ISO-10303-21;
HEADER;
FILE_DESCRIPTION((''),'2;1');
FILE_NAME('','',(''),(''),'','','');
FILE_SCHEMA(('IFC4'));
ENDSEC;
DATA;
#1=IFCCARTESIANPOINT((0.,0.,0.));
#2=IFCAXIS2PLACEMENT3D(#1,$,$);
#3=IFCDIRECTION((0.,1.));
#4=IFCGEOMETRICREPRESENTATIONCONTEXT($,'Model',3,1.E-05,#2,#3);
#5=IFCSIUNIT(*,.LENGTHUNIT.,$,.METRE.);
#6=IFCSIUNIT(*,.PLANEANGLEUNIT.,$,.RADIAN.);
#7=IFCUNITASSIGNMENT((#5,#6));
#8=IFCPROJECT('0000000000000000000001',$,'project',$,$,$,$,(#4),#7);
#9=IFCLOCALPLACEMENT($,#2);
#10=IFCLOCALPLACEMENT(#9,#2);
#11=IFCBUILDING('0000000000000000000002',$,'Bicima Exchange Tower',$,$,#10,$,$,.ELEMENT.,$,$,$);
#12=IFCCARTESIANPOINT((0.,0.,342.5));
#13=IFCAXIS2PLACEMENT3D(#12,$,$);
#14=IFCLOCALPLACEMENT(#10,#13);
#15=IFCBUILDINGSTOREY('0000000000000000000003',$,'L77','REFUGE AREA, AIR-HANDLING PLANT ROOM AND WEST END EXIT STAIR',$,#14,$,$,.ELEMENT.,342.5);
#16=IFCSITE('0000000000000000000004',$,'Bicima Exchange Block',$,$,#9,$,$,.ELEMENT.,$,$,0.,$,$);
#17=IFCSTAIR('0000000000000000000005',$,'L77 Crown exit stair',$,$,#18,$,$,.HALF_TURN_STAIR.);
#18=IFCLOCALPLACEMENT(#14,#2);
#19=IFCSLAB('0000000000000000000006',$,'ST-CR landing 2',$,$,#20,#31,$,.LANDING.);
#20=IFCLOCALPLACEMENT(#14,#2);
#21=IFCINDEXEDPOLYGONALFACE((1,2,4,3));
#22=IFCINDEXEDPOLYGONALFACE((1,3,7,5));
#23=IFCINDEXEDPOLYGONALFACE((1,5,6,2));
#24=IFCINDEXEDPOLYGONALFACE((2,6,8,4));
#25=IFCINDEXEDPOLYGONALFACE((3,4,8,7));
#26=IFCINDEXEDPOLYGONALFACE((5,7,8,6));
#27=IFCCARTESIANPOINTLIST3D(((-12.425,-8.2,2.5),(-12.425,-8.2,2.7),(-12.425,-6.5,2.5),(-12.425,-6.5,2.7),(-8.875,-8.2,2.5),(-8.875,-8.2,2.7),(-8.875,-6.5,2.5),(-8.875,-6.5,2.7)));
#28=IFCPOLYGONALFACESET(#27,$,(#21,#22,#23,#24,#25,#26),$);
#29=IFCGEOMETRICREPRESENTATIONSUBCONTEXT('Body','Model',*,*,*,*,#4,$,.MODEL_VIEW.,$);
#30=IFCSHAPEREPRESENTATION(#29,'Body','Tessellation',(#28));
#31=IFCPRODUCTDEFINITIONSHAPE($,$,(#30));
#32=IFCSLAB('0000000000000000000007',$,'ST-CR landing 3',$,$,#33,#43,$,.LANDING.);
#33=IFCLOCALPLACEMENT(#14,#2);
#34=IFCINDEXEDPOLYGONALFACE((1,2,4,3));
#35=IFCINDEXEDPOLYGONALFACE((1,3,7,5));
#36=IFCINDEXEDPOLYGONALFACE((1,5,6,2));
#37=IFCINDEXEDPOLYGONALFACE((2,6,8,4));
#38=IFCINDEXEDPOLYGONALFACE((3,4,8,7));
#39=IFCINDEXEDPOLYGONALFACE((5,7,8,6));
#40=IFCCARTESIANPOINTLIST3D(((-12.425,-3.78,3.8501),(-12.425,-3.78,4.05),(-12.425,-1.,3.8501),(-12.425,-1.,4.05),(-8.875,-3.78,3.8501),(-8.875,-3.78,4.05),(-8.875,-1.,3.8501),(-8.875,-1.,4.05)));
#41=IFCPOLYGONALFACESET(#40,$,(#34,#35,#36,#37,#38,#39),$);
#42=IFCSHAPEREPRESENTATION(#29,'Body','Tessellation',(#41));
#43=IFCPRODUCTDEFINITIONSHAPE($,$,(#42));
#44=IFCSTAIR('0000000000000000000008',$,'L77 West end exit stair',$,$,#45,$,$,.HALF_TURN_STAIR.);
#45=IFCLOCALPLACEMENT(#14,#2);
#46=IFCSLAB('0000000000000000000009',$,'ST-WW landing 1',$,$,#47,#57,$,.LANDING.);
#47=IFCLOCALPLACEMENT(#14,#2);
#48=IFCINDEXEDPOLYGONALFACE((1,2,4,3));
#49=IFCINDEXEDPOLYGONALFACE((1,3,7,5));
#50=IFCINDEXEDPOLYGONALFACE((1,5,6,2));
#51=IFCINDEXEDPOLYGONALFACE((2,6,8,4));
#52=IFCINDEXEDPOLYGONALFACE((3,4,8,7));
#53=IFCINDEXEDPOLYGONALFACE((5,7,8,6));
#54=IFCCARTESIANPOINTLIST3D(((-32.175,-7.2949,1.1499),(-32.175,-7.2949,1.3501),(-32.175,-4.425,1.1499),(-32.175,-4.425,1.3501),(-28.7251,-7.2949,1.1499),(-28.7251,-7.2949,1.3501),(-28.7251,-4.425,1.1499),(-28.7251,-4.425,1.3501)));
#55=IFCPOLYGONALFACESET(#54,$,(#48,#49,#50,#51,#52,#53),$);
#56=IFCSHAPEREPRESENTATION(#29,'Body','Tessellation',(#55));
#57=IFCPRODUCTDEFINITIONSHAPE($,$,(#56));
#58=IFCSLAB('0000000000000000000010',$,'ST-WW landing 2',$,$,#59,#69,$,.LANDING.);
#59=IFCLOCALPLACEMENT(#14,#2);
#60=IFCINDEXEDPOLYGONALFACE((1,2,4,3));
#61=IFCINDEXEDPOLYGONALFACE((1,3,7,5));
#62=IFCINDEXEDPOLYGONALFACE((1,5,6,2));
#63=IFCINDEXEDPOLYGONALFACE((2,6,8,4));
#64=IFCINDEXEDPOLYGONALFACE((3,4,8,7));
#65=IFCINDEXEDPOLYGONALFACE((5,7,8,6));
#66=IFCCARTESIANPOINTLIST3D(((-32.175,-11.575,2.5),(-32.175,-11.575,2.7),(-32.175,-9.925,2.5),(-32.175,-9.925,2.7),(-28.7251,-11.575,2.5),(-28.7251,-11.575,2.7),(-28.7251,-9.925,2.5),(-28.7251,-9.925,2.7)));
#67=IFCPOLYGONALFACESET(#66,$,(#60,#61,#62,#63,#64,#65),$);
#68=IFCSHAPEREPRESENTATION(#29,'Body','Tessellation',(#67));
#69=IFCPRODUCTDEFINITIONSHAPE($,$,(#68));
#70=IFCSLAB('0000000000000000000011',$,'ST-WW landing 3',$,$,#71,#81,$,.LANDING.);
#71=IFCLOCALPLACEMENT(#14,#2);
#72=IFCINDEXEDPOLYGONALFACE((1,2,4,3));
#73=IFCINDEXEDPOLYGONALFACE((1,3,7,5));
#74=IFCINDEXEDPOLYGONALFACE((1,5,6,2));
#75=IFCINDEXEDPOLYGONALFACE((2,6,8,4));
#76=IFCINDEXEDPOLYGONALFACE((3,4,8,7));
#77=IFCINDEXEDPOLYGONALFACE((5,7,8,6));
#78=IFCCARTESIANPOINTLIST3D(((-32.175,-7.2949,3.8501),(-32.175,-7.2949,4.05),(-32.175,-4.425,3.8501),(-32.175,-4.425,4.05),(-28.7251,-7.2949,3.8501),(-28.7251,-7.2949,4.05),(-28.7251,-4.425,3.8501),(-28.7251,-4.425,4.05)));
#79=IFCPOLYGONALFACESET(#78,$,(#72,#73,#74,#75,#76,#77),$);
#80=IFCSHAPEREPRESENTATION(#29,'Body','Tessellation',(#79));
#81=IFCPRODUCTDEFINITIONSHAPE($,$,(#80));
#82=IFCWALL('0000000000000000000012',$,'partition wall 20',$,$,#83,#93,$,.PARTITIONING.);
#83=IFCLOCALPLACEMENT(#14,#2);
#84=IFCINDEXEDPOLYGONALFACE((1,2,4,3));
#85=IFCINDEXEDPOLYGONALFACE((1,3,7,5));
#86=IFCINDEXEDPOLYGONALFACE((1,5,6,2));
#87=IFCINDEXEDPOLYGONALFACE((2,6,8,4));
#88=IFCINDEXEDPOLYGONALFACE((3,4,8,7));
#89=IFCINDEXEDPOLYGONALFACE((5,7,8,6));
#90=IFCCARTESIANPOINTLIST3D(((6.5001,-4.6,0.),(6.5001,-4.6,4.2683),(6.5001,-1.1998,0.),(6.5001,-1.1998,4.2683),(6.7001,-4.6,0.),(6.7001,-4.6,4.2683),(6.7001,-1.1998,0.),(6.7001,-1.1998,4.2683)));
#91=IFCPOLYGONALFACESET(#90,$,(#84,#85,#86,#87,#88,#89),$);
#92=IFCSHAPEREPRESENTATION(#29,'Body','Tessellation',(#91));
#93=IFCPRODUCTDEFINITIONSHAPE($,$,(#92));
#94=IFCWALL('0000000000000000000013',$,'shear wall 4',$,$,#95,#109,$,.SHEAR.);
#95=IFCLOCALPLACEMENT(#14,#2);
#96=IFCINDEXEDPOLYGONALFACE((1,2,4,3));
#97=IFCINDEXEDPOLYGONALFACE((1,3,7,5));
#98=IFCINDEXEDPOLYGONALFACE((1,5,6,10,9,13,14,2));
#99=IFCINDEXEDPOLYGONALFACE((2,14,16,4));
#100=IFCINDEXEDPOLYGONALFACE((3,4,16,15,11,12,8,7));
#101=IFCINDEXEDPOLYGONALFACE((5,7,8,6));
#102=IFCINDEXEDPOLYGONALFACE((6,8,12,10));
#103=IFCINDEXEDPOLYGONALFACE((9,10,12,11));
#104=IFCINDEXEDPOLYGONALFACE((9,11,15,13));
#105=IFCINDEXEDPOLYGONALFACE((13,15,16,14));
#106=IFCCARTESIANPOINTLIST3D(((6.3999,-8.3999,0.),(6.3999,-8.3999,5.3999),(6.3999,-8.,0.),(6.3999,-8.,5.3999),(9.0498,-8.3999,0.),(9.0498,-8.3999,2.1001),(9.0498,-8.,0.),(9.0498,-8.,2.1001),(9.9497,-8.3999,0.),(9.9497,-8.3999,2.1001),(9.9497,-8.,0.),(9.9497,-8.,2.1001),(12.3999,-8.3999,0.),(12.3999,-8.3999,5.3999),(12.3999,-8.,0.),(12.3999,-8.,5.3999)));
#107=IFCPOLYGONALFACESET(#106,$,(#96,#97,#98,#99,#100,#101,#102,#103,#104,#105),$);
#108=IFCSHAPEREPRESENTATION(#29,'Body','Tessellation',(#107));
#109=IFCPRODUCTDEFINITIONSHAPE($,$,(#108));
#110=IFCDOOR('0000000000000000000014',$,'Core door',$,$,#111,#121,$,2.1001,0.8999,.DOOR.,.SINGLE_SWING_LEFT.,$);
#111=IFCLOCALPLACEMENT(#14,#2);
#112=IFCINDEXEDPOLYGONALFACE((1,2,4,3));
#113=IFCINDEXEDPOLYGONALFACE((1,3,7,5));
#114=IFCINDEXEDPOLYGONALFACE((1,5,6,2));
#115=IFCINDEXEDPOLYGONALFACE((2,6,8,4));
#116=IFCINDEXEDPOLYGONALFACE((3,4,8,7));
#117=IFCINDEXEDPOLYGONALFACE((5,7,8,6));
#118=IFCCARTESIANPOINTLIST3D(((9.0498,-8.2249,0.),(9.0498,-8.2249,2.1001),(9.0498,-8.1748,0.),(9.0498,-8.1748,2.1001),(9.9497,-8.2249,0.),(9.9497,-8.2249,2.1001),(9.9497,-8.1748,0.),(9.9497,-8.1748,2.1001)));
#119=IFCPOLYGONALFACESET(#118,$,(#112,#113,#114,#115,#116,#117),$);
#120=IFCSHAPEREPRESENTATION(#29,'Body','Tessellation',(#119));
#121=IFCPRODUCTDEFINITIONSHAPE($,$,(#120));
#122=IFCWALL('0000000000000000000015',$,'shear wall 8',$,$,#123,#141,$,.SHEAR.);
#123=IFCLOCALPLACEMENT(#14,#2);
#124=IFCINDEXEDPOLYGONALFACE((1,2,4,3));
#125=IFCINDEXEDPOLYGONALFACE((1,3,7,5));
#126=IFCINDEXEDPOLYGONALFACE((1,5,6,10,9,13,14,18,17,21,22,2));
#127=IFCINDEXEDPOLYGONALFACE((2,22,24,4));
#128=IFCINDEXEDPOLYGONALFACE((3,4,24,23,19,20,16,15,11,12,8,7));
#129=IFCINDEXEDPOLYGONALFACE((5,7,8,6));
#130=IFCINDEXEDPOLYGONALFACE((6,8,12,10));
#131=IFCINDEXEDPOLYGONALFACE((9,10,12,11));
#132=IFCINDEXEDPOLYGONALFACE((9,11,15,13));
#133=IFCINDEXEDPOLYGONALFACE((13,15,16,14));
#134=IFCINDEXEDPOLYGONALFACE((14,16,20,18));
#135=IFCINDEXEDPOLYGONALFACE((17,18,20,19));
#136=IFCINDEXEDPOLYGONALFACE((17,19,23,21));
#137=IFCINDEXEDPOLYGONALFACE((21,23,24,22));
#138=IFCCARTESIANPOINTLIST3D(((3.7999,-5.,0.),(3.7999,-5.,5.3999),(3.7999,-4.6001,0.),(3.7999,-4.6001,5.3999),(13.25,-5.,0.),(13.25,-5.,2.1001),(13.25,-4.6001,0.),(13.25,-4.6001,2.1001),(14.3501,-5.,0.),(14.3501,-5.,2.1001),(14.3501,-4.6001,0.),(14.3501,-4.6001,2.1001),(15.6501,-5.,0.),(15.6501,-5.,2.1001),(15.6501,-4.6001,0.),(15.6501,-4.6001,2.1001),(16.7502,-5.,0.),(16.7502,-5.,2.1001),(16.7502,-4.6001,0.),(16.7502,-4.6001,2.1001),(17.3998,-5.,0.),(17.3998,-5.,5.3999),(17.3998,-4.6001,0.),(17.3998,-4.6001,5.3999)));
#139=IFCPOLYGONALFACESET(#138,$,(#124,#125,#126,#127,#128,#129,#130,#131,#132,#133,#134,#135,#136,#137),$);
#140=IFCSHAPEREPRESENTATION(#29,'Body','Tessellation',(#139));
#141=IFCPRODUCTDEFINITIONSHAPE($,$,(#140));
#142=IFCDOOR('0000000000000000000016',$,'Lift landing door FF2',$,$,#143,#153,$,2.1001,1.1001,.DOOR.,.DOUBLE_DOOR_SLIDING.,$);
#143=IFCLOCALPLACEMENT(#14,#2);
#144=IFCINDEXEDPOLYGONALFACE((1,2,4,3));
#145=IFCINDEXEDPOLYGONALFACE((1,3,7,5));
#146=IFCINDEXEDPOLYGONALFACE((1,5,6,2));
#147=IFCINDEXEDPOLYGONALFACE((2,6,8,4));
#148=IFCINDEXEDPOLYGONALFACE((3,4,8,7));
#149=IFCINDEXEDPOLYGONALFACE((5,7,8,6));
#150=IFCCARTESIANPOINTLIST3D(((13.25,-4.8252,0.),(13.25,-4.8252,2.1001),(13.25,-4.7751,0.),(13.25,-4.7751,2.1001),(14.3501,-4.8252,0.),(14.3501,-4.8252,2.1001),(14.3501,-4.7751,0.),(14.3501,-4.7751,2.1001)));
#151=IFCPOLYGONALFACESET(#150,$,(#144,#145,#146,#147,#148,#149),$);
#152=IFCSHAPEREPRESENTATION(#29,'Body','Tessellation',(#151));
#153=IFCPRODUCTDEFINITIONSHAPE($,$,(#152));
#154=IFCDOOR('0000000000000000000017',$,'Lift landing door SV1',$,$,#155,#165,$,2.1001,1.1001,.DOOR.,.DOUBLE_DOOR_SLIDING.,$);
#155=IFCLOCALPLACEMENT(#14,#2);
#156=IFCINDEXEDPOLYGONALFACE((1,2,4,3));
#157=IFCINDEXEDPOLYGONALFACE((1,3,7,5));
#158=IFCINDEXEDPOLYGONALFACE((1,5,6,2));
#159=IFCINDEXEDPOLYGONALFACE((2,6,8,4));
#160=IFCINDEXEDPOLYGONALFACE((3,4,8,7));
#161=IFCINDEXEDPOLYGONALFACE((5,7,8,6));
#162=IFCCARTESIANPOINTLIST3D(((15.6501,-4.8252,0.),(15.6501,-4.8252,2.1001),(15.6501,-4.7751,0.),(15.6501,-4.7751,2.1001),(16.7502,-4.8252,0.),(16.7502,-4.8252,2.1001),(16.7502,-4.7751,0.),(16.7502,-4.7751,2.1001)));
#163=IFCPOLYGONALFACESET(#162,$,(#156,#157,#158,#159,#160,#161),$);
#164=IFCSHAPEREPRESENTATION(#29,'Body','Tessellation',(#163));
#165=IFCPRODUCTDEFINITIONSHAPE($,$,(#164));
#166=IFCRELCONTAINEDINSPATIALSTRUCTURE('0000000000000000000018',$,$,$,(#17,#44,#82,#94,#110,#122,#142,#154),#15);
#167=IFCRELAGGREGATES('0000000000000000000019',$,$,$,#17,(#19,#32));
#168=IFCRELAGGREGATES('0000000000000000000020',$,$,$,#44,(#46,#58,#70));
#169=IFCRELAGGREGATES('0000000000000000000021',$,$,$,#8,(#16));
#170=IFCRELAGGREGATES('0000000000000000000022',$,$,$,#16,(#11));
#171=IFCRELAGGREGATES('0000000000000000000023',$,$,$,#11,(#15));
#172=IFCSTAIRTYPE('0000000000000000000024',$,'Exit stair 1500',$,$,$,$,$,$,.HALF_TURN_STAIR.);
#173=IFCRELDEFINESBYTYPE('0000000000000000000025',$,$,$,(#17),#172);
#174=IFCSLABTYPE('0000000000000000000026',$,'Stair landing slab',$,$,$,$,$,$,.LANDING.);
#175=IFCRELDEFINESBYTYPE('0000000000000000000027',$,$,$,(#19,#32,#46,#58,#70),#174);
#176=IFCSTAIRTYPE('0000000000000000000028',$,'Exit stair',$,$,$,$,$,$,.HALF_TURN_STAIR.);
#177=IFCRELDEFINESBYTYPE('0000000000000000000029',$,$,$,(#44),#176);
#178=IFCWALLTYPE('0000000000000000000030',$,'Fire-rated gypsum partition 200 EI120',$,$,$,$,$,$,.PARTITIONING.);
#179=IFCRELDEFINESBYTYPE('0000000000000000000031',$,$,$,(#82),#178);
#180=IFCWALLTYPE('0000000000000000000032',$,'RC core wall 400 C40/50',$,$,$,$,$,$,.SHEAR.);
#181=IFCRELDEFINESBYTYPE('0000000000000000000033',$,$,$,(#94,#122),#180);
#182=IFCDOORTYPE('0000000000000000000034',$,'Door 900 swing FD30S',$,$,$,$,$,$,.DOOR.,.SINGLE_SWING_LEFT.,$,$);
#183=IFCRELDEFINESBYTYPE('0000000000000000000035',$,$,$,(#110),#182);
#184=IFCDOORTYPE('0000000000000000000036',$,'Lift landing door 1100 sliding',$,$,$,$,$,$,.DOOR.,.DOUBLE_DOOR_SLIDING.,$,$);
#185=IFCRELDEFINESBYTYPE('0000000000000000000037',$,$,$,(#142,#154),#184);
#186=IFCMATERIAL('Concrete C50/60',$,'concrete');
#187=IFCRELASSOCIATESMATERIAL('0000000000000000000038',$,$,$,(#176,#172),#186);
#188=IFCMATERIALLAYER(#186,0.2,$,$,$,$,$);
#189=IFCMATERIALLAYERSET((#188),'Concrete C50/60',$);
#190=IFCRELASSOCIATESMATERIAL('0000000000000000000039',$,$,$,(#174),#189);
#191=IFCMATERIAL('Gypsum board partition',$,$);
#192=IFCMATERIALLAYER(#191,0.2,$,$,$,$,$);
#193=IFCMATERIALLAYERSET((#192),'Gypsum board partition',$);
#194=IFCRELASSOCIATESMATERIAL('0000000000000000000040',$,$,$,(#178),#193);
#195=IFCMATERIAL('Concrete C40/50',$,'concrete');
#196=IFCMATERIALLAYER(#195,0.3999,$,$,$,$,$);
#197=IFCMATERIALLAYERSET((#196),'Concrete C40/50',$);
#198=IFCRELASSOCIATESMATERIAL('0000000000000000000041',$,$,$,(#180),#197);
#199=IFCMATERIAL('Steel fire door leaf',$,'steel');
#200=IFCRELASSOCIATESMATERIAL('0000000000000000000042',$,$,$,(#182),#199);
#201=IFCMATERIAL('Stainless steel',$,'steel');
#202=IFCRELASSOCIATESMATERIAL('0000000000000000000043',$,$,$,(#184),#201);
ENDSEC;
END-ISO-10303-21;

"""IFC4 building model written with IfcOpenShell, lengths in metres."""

from ifc_helpers import new_model, si_unit, direction, frame, frame_2d, origin, place, context, subcontext, project, spatial, polyline, rectangle, outline, extrude, material, layer, layer_set, type_object, element, fill, aggregate, save


model = new_model("IFC4")

# Units and contexts
model_context = context("Model", 3, precision=1e-05, world=origin(), true_north=direction((0.0, 1.0)))
body_context = subcontext(model_context, "Body", "Model", "MODEL_VIEW")
ifc_project = project(units=[si_unit("LENGTHUNIT", "METRE"), si_unit("PLANEANGLEUNIT", "RADIAN")], contexts=[model_context])

# Site, building, storey
site_placement = place(None, origin())
site = spatial("IfcSite", under=ifc_project, at=site_placement, Name="Bicima Exchange Block", CompositionType="ELEMENT", RefElevation=0.0)
building_placement = place(site_placement, origin())
building = spatial("IfcBuilding", under=site, at=building_placement, Name="Bicima Exchange Tower", CompositionType="ELEMENT")
storey_placement = place(building_placement, frame((0.0, 0.0, 342.5)))
storey = spatial("IfcBuildingStorey", under=building, at=storey_placement, Name="L77", Description="REFUGE AREA, AIR-HANDLING PLANT ROOM AND WEST END EXIT STAIR", CompositionType="ELEMENT", Elevation=342.5)

# Shared definitions
ifc_material_1 = material(Name="Concrete C40/50", Category="concrete")

# Stairs, slabs
ifc_material_2 = material(Name="Concrete C50/60", Category="concrete")
stair_type_1 = type_object("IfcStairType", Name="Exit stair", PredefinedType="HALF_TURN_STAIR", material=ifc_material_2)
ifc_layer_1 = layer(ifc_material_2, 0.2)
ifc_layer_set_1 = layer_set([ifc_layer_1], Name="Concrete C50/60")
slab_type_1 = type_object("IfcSlabType", Name="Stair landing slab", PredefinedType="LANDING", material=ifc_layer_set_1)
stair_type_2 = type_object("IfcStairType", Name="Exit stair 1500", PredefinedType="HALF_TURN_STAIR", material=ifc_material_2)
stair_1_placement = place(storey_placement, origin())
stair_1 = element("IfcStair", 1, at=stair_1_placement, inside=storey, type_object=stair_type_2, Name="L77 Crown exit stair", PredefinedType="HALF_TURN_STAIR")
slab_1_placement = place(storey_placement, frame((0.0, 0.0, 2.5)))
slab_1 = element("IfcSlab", 2, at=slab_1_placement, type_object=slab_type_1, Name="ST-CR landing 2", PredefinedType="LANDING", context=body_context, shape_type="SweptSolid", body=[
    extrude(outline(polyline([(-8.875, -8.2), (-8.875, -6.5), (-12.425, -6.5), (-12.425, -8.2), (-8.875, -8.2)])), origin(), (0.0, 0.0, 1.0), 0.2),
])
slab_2_placement = place(storey_placement, frame((0.0, 0.0, 3.8501)))
slab_2 = element("IfcSlab", 3, at=slab_2_placement, type_object=slab_type_1, Name="ST-CR landing 3", PredefinedType="LANDING", context=body_context, shape_type="SweptSolid", body=[
    extrude(outline(polyline([(-8.875, -3.78), (-8.875, -1.0), (-12.425, -1.0), (-12.425, -3.78), (-8.875, -3.78)])), origin(), (0.0, 0.0, 1.0), 0.2),
])
aggregate(stair_1, [slab_1, slab_2])
stair_2_placement = place(storey_placement, origin())
stair_2 = element("IfcStair", 4, at=stair_2_placement, inside=storey, type_object=stair_type_1, Name="L77 West end exit stair", PredefinedType="HALF_TURN_STAIR")
slab_3_placement = place(storey_placement, frame((0.0, 0.0, 1.1499)))
slab_3 = element("IfcSlab", 5, at=slab_3_placement, type_object=slab_type_1, Name="ST-WW landing 1", PredefinedType="LANDING", context=body_context, shape_type="SweptSolid", body=[
    extrude(outline(polyline([(-28.7251, -7.2949), (-28.7251, -4.425), (-32.175, -4.425), (-32.175, -7.2949), (-28.7251, -7.2949)])), origin(), (0.0, 0.0, 1.0), 0.2002),
])
slab_4_placement = place(storey_placement, frame((0.0, 0.0, 2.5)))
slab_4 = element("IfcSlab", 6, at=slab_4_placement, type_object=slab_type_1, Name="ST-WW landing 2", PredefinedType="LANDING", context=body_context, shape_type="SweptSolid", body=[
    extrude(outline(polyline([(-28.7251, -11.575), (-28.7251, -9.925), (-32.175, -9.925), (-32.175, -11.575), (-28.7251, -11.575)])), origin(), (0.0, 0.0, 1.0), 0.2),
])
slab_5_placement = place(storey_placement, frame((0.0, 0.0, 3.8501)))
slab_5 = element("IfcSlab", 7, at=slab_5_placement, type_object=slab_type_1, Name="ST-WW landing 3", PredefinedType="LANDING", context=body_context, shape_type="SweptSolid", body=[
    extrude(outline(polyline([(-28.7251, -7.2949), (-28.7251, -4.425), (-32.175, -4.425), (-32.175, -7.2949), (-28.7251, -7.2949)])), origin(), (0.0, 0.0, 1.0), 0.2),
])
aggregate(stair_2, [slab_3, slab_4, slab_5])

# Wall
ifc_material_3 = material(Name="Gypsum board partition")
ifc_layer_2 = layer(ifc_material_3, 0.2)
ifc_layer_set_2 = layer_set([ifc_layer_2], Name="Gypsum board partition")
wall_type_1 = type_object("IfcWallType", Name="Fire-rated gypsum partition 200 EI120", PredefinedType="PARTITIONING", material=ifc_layer_set_2)
wall_1_placement = place(storey_placement, frame((6.6001, -4.6001, 0.0), z_axis=(0.0, 0.0, 1.0), x_axis=(0.0, 1.0, 0.0)))
element("IfcWall", 8, at=wall_1_placement, inside=storey, type_object=wall_type_1, Name="partition wall 20", PredefinedType="PARTITIONING", context=body_context, shape_type="SweptSolid", body=[
    extrude(rectangle(XDim=3.4001, YDim=0.2, at=frame_2d((1.7002, 0.0))), origin(), (0.0, 0.0, 1.0), 4.2683),
])

# Wall, opening, door
ifc_layer_3 = layer(ifc_material_1, 0.3999)
ifc_layer_set_3 = layer_set([ifc_layer_3], Name="Concrete C40/50")
wall_type_2 = type_object("IfcWallType", Name="RC core wall 400 C40/50", PredefinedType="SHEAR", material=ifc_layer_set_3)
wall_2_placement = place(storey_placement, frame((6.3999, -8.2, 0.0), z_axis=(0.0, 0.0, 1.0), x_axis=(1.0, 0.0, 0.0)))
wall_2 = element("IfcWall", 9, at=wall_2_placement, inside=storey, type_object=wall_type_2, Name="shear wall 4", PredefinedType="SHEAR", context=body_context, shape_type="SweptSolid", body=[
    extrude(rectangle(XDim=6.0, YDim=0.3999, at=frame_2d((3.0, 0.0))), origin(), (0.0, 0.0, 1.0), 5.3999),
])
opening_1_placement = place(wall_2_placement, frame((2.6499, 0.0, 0.0)))
opening_1 = element("IfcOpeningElement", 10, at=opening_1_placement, cuts=wall_2, PredefinedType="OPENING", context=body_context, shape_type="SweptSolid", body=[
    extrude(rectangle(XDim=0.8999, YDim=2.1001, at=frame_2d((0.45, 1.05))), frame((0.0, 0.2119, 0.0), z_axis=(0.0, -1.0, 0.0), x_axis=(1.0, 0.0, 0.0)), (0.0, 0.0, 1.0), 0.4238),
])
ifc_material_4 = material(Name="Steel fire door leaf", Category="steel")
door_type_1 = type_object("IfcDoorType", Name="Door 900 swing FD30S", OperationType="SINGLE_SWING_LEFT", PredefinedType="DOOR", material=ifc_material_4)
door_1_placement = place(opening_1_placement, frame((0.8999, 0.0, 0.0), z_axis=(0.0, 0.0, 1.0), x_axis=(-1.0, 0.0, 0.0)))
door_1 = element("IfcDoor", 11, at=door_1_placement, inside=storey, type_object=door_type_1, Name="Core door", OperationType="SINGLE_SWING_LEFT", OverallHeight=2.1001, OverallWidth=0.8999, PredefinedType="DOOR", context=body_context, shape_type="SweptSolid", body=[
    extrude(rectangle(XDim=0.8999, YDim=2.1001, at=frame_2d((0.45, 1.05))), frame((0.0, 0.0249, 0.0), z_axis=(0.0, -1.0, 0.0), x_axis=(1.0, 0.0, 0.0)), (0.0, 0.0, 1.0), 0.05),
])
fill(opening_1, door_1)

# Wall, openings, doors
wall_3_placement = place(storey_placement, frame((3.8, -4.8, 0.0), z_axis=(0.0, 0.0, 1.0), x_axis=(1.0, 0.0, 0.0)))
wall_3 = element("IfcWall", 12, at=wall_3_placement, inside=storey, type_object=wall_type_2, Name="shear wall 8", PredefinedType="SHEAR", context=body_context, shape_type="SweptSolid", body=[
    extrude(rectangle(XDim=13.5999, YDim=0.3999, at=frame_2d((6.7998, 0.0))), origin(), (0.0, 0.0, 1.0), 5.3999),
])
opening_2_placement = place(wall_3_placement, frame((9.45, 0.0, 0.0)))
opening_2 = element("IfcOpeningElement", 13, at=opening_2_placement, cuts=wall_3, PredefinedType="OPENING", context=body_context, shape_type="SweptSolid", body=[
    extrude(rectangle(XDim=1.1001, YDim=2.1001, at=frame_2d((0.55, 1.05))), frame((0.0, 0.2119, 0.0), z_axis=(0.0, -1.0, 0.0), x_axis=(1.0, 0.0, 0.0)), (0.0, 0.0, 1.0), 0.4238),
])
opening_3_placement = place(wall_3_placement, frame((11.8501, 0.0, 0.0)))
opening_3 = element("IfcOpeningElement", 14, at=opening_3_placement, cuts=wall_3, PredefinedType="OPENING", context=body_context, shape_type="SweptSolid", body=[
    extrude(rectangle(XDim=1.1001, YDim=2.1001, at=frame_2d((0.55, 1.05))), frame((0.0, 0.2119, 0.0), z_axis=(0.0, -1.0, 0.0), x_axis=(1.0, 0.0, 0.0)), (0.0, 0.0, 1.0), 0.4238),
])
ifc_material_5 = material(Name="Stainless steel", Category="steel")
door_type_2 = type_object("IfcDoorType", Name="Lift landing door 1100 sliding", OperationType="DOUBLE_DOOR_SLIDING", PredefinedType="DOOR", material=ifc_material_5)
door_2_placement = place(opening_2_placement, origin())
door_2 = element("IfcDoor", 15, at=door_2_placement, inside=storey, type_object=door_type_2, Name="Lift landing door FF2", OperationType="DOUBLE_DOOR_SLIDING", OverallHeight=2.1001, OverallWidth=1.1001, PredefinedType="DOOR", context=body_context, shape_type="SweptSolid", body=[
    extrude(rectangle(XDim=1.1001, YDim=2.1001, at=frame_2d((0.55, 1.05))), frame((0.0, 0.0249, 0.0), z_axis=(0.0, -1.0, 0.0), x_axis=(1.0, 0.0, 0.0)), (0.0, 0.0, 1.0), 0.05),
])
fill(opening_2, door_2)
door_3_placement = place(opening_3_placement, origin())
door_3 = element("IfcDoor", 16, at=door_3_placement, inside=storey, type_object=door_type_2, Name="Lift landing door SV1", OperationType="DOUBLE_DOOR_SLIDING", OverallHeight=2.1001, OverallWidth=1.1001, PredefinedType="DOOR", context=body_context, shape_type="SweptSolid", body=[
    extrude(rectangle(XDim=1.1001, YDim=2.1001, at=frame_2d((0.55, 1.05))), frame((0.0, 0.0249, 0.0), z_axis=(0.0, -1.0, 0.0), x_axis=(1.0, 0.0, 0.0)), (0.0, 0.0, 1.0), 0.05),
])
fill(opening_3, door_3)

save(model, "model.ifc")
